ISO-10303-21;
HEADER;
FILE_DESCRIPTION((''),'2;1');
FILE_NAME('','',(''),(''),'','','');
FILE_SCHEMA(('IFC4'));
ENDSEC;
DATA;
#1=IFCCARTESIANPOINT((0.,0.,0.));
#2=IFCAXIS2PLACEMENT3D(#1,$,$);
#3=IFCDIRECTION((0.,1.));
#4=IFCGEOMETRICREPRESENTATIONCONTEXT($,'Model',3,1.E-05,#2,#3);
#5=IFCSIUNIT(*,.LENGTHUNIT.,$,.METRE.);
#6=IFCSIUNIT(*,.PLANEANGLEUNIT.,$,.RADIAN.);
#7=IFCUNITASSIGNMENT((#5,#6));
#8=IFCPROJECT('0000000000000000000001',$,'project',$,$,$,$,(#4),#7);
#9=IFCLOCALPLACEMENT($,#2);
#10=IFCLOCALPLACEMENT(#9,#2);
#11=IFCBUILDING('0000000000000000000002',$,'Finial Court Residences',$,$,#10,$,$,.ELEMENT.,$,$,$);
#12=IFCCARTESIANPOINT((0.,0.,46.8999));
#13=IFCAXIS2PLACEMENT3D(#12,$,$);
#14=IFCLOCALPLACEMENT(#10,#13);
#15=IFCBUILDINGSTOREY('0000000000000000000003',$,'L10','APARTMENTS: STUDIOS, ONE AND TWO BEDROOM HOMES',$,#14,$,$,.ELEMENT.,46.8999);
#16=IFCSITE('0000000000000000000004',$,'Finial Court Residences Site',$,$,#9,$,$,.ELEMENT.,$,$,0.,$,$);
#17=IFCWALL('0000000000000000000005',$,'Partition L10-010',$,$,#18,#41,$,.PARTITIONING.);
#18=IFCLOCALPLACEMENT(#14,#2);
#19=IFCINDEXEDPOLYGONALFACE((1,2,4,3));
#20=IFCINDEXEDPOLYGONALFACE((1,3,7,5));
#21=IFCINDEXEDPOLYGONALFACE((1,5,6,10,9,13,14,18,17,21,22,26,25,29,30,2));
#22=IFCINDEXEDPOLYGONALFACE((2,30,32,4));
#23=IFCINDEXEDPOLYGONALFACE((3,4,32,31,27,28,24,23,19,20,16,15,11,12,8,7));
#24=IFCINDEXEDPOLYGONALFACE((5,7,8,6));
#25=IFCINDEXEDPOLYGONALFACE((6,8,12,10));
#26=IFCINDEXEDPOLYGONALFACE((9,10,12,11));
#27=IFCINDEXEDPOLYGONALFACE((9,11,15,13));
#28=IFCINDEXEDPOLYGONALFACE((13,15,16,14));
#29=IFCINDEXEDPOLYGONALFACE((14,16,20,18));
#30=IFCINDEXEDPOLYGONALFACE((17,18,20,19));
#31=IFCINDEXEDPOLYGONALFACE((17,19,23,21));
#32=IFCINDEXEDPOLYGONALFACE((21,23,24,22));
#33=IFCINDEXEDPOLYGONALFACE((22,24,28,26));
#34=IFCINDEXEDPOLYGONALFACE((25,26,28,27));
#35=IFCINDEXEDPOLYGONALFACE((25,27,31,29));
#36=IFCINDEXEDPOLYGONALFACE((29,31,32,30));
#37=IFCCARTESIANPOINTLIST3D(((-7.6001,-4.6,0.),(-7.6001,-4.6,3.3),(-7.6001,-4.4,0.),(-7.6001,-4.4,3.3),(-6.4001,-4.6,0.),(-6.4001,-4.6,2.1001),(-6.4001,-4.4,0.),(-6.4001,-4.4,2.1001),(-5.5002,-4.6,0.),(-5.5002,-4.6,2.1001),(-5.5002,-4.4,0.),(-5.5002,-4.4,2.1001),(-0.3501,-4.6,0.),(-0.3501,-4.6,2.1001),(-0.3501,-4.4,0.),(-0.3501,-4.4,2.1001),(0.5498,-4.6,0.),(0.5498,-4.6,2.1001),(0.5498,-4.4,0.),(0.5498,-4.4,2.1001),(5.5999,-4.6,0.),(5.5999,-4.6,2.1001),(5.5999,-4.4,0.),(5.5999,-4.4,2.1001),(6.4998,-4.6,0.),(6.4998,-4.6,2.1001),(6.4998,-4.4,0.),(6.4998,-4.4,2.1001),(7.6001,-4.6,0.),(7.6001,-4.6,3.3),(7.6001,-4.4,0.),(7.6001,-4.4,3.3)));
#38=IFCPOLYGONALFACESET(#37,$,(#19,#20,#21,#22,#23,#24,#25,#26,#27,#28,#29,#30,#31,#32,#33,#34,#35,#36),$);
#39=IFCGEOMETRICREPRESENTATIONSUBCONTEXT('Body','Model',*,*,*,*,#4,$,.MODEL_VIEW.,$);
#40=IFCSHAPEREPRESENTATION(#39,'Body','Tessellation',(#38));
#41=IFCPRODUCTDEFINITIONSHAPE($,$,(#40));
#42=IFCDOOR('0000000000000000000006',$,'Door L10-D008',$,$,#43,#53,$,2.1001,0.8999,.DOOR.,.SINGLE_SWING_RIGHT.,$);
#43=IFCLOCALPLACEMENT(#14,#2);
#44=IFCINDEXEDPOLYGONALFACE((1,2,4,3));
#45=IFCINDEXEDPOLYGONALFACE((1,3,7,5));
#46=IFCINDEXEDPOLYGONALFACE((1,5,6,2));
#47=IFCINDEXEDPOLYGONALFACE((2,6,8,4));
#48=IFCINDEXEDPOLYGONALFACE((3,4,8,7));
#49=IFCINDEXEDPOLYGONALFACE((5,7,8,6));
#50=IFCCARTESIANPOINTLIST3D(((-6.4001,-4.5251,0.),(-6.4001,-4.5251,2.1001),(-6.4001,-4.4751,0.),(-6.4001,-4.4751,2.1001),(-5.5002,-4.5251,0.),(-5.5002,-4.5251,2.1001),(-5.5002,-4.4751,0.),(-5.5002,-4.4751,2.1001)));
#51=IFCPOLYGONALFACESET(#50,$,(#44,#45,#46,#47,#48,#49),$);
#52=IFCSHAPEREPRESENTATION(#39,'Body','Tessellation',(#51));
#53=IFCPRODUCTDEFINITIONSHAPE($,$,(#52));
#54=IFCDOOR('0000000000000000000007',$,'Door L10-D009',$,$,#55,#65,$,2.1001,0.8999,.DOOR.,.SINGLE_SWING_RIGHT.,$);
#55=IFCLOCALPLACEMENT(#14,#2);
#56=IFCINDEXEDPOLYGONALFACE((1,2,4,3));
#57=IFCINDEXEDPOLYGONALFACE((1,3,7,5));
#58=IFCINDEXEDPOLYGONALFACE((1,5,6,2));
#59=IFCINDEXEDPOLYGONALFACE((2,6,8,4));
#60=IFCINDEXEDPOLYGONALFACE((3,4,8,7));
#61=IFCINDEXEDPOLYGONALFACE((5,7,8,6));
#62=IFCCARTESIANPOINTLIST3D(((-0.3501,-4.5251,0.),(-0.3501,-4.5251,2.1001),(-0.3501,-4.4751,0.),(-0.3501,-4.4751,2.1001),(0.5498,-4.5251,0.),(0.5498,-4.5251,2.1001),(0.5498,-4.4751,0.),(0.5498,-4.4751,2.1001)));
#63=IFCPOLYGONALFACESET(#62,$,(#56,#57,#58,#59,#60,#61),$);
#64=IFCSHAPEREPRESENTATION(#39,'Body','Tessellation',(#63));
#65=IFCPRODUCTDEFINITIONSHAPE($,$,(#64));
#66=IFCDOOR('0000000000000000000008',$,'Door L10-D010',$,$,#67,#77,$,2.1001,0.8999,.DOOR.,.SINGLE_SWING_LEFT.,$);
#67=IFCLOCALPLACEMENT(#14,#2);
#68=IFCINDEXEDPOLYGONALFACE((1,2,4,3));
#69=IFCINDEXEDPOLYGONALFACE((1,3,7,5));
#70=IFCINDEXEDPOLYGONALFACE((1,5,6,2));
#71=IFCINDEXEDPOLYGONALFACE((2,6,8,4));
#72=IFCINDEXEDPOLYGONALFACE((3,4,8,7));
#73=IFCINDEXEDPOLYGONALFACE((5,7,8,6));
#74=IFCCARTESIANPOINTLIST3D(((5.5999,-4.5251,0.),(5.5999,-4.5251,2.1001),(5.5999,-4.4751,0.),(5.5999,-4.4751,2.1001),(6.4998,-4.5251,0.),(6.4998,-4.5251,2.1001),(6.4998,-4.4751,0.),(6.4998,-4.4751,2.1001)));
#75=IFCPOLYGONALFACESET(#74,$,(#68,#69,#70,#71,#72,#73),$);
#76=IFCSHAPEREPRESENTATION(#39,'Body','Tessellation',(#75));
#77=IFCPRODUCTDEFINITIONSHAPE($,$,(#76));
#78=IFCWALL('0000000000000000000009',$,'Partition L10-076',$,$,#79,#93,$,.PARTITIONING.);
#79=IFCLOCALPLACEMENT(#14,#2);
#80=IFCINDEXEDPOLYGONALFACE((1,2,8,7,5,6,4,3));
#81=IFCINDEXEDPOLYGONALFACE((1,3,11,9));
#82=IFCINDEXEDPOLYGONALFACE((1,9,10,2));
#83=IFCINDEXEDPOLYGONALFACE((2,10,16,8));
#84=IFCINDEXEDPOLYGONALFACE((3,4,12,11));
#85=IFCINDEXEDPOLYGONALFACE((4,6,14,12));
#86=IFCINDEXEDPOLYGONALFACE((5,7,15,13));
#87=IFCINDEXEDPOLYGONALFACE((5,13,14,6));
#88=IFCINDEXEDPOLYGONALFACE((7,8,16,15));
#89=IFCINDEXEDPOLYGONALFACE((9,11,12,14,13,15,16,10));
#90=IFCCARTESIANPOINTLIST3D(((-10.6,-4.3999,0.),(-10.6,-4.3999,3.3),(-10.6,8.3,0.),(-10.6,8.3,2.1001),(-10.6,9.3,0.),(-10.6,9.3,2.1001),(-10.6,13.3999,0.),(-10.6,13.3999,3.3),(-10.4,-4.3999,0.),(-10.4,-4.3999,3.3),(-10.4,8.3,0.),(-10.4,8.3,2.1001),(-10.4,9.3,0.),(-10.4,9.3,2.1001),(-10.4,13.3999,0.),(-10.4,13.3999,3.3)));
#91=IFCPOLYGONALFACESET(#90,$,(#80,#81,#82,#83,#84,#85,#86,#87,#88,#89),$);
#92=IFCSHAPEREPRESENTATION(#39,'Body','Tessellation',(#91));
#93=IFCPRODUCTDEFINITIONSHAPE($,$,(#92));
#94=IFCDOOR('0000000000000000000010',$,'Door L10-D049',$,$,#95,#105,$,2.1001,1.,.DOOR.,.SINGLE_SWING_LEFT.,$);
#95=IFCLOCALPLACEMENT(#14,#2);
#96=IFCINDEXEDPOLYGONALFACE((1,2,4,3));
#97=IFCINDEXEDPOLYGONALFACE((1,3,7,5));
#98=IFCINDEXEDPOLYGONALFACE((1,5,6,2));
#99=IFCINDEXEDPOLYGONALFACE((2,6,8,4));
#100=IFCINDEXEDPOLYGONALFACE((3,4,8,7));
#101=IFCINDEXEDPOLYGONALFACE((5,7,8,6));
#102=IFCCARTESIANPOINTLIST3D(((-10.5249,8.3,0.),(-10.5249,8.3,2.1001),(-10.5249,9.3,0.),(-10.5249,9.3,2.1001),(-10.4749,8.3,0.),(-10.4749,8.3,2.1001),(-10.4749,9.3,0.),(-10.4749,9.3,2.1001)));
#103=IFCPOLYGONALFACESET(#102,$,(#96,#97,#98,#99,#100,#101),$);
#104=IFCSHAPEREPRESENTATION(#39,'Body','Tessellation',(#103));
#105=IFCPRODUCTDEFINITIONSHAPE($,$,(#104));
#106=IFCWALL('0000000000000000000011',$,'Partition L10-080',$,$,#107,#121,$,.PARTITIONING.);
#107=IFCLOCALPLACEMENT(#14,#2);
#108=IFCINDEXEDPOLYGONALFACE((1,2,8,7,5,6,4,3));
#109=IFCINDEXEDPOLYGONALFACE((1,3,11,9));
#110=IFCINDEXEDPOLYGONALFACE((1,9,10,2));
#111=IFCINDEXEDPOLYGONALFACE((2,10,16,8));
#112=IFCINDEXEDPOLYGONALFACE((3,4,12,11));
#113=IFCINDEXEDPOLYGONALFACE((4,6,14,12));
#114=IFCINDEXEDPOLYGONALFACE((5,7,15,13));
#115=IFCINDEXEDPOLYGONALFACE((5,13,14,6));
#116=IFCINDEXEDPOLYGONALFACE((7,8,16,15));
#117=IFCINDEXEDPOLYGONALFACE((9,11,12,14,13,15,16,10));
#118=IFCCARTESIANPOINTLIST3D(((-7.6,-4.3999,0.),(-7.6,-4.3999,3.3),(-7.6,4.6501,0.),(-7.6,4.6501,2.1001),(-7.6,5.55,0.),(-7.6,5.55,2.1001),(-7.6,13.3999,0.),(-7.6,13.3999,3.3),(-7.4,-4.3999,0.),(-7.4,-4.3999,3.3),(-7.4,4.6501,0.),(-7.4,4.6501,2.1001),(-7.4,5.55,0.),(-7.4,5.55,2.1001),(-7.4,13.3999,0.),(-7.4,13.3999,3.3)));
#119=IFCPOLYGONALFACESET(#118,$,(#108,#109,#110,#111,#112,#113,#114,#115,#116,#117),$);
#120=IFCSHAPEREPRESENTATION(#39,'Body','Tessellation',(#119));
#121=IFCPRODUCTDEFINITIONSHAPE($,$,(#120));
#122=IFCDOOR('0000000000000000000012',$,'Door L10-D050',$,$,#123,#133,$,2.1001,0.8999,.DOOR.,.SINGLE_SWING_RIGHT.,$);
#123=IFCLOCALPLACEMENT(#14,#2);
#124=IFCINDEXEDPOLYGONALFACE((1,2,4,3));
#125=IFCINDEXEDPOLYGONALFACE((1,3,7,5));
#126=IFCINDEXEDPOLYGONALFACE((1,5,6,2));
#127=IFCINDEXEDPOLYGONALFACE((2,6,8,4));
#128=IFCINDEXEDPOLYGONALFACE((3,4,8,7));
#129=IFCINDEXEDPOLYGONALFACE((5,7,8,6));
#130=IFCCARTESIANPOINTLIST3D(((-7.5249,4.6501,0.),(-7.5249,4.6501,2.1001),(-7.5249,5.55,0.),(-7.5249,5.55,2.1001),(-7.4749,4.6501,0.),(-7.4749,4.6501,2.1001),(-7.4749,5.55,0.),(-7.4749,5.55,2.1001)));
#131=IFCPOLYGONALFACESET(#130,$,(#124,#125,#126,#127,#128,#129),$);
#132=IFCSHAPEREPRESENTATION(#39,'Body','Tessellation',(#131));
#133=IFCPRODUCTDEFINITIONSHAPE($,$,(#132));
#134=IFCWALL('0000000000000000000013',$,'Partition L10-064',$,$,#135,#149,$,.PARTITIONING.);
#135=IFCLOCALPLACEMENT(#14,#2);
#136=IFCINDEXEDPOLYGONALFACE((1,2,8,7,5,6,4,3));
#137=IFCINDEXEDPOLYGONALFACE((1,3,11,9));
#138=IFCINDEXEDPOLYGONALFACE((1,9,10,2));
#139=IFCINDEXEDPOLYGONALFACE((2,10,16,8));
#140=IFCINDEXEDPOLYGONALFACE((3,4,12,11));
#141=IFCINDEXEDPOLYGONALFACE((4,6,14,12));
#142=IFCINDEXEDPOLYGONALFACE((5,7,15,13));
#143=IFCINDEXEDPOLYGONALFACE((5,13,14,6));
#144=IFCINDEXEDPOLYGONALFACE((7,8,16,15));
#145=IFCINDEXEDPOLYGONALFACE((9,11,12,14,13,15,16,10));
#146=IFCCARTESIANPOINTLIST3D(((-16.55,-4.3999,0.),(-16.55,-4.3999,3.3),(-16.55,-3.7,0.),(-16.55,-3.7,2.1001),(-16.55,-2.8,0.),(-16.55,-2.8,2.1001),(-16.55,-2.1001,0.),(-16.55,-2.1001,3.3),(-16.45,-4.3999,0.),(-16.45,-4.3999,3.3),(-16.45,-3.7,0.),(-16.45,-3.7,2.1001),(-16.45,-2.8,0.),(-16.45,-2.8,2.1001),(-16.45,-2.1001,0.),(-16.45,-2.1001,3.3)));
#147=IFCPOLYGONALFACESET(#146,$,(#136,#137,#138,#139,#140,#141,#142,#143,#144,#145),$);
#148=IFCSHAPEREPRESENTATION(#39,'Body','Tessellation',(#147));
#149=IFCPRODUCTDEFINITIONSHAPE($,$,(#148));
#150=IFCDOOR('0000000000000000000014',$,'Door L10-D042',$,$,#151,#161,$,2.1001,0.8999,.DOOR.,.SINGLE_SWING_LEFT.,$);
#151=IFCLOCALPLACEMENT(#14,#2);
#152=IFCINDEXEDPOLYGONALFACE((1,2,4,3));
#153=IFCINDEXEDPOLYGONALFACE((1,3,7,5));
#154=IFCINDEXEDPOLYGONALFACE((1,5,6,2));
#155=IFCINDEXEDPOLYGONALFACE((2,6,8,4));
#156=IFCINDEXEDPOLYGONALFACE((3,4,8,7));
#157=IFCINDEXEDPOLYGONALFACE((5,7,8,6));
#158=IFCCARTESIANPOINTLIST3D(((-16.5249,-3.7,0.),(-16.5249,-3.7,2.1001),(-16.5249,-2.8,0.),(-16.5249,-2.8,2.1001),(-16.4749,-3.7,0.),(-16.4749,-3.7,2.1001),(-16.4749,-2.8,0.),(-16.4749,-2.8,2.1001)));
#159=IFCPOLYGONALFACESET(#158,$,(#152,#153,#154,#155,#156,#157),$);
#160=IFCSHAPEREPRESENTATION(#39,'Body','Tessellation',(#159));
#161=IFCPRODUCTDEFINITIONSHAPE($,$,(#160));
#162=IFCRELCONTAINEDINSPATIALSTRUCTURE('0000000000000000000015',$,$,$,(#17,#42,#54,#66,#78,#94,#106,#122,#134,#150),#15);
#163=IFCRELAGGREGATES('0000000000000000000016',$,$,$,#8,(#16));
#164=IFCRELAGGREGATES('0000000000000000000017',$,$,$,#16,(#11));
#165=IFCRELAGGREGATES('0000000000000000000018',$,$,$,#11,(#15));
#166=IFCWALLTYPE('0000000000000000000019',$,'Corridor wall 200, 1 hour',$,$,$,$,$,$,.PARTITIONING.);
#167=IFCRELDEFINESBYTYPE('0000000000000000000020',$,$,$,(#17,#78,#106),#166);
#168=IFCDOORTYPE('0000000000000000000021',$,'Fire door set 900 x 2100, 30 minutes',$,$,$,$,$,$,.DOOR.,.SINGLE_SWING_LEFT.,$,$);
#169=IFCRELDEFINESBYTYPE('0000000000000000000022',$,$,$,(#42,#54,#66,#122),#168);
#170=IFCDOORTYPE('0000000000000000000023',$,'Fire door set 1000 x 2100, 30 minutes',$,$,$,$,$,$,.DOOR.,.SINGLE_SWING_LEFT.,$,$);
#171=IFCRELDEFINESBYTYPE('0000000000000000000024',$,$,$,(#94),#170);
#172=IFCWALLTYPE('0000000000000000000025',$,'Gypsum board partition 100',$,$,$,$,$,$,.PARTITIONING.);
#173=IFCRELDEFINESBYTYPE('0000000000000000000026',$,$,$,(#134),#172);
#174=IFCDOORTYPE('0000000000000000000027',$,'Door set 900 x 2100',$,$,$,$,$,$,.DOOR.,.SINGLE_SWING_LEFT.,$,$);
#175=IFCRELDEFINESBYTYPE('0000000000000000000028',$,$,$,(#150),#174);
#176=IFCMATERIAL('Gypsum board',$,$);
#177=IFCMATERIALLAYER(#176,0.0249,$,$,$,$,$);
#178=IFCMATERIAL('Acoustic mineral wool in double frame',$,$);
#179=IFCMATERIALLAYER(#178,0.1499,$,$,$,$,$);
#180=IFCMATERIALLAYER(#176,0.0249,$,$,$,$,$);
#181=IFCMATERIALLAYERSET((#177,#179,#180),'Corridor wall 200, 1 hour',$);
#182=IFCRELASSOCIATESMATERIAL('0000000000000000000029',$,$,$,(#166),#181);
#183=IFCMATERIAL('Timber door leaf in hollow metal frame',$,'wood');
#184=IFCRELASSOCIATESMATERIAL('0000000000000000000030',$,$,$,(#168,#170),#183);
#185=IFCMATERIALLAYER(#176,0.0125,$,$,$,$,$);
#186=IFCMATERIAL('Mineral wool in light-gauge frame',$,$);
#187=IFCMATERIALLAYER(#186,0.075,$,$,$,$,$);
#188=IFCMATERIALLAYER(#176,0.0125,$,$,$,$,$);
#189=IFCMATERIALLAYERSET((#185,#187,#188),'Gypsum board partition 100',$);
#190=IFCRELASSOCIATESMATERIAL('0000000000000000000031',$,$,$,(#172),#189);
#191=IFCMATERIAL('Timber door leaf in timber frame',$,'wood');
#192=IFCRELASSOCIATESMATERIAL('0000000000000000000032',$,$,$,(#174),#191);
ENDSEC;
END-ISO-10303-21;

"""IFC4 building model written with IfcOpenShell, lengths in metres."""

from ifc_helpers import new_model, si_unit, direction, frame, frame_2d, origin, place, context, subcontext, project, spatial, rectangle, extrude, material, layer, layer_set, type_object, element, fill, save


model = new_model("IFC4")

# Units and contexts
model_context = context("Model", 3, precision=1e-05, world=origin(), true_north=direction((0.0, 1.0)))
body_context = subcontext(model_context, "Body", "Model", "MODEL_VIEW")
ifc_project = project(units=[si_unit("LENGTHUNIT", "METRE"), si_unit("PLANEANGLEUNIT", "RADIAN")], contexts=[model_context])

# Site, building, storey
site_placement = place(None, origin())
site = spatial("IfcSite", under=ifc_project, at=site_placement, Name="Finial Court Residences Site", CompositionType="ELEMENT", RefElevation=0.0)
building_placement = place(site_placement, origin())
building = spatial("IfcBuilding", under=site, at=building_placement, Name="Finial Court Residences", CompositionType="ELEMENT")
storey_placement = place(building_placement, frame((0.0, 0.0, 46.8999)))
storey = spatial("IfcBuildingStorey", under=building, at=storey_placement, Name="L10", Description="APARTMENTS: STUDIOS, ONE AND TWO BEDROOM HOMES", CompositionType="ELEMENT", Elevation=46.8999)

# Wall, openings, doors
ifc_material_1 = material(Name="Gypsum board")
ifc_layer_1 = layer(ifc_material_1, 0.0249)
ifc_material_2 = material(Name="Acoustic mineral wool in double frame")
ifc_layer_2 = layer(ifc_material_2, 0.1499)
ifc_layer_3 = layer(ifc_material_1, 0.0249)
ifc_layer_set_1 = layer_set([ifc_layer_1, ifc_layer_2, ifc_layer_3], Name="Corridor wall 200, 1 hour")
wall_type_1 = type_object("IfcWallType", Name="Corridor wall 200, 1 hour", PredefinedType="PARTITIONING", material=ifc_layer_set_1)
wall_1_placement = place(storey_placement, frame((-7.6001, -4.5, 0.0), z_axis=(0.0, 0.0, 1.0), x_axis=(1.0, 0.0, 0.0)))
wall_1 = element("IfcWall", 1, at=wall_1_placement, inside=storey, type_object=wall_type_1, Name="Partition L10-010", PredefinedType="PARTITIONING", context=body_context, shape_type="SweptSolid", body=[
    extrude(rectangle(XDim=15.2002, YDim=0.2, at=frame_2d((7.6001, 0.0))), origin(), (0.0, 0.0, 1.0), 3.3),
])
opening_1_placement = place(wall_1_placement, frame((1.2, 0.0, 0.0)))
opening_1 = element("IfcOpeningElement", 2, at=opening_1_placement, cuts=wall_1, PredefinedType="OPENING", context=body_context, shape_type="SweptSolid", body=[
    extrude(rectangle(XDim=0.8999, YDim=2.1001, at=frame_2d((0.45, 1.05))), frame((0.0, 0.1099, 0.0), z_axis=(0.0, -1.0, 0.0), x_axis=(1.0, 0.0, 0.0)), (0.0, 0.0, 1.0), 0.22),
])
opening_2_placement = place(wall_1_placement, frame((7.25, 0.0, 0.0)))
opening_2 = element("IfcOpeningElement", 3, at=opening_2_placement, cuts=wall_1, PredefinedType="OPENING", context=body_context, shape_type="SweptSolid", body=[
    extrude(rectangle(XDim=0.8999, YDim=2.1001, at=frame_2d((0.45, 1.05))), frame((0.0, 0.1099, 0.0), z_axis=(0.0, -1.0, 0.0), x_axis=(1.0, 0.0, 0.0)), (0.0, 0.0, 1.0), 0.22),
])
opening_3_placement = place(wall_1_placement, frame((13.2, 0.0, 0.0)))
opening_3 = element("IfcOpeningElement", 4, at=opening_3_placement, cuts=wall_1, PredefinedType="OPENING", context=body_context, shape_type="SweptSolid", body=[
    extrude(rectangle(XDim=0.8999, YDim=2.1001, at=frame_2d((0.45, 1.05))), frame((0.0, 0.1099, 0.0), z_axis=(0.0, -1.0, 0.0), x_axis=(1.0, 0.0, 0.0)), (0.0, 0.0, 1.0), 0.22),
])
ifc_material_3 = material(Name="Timber door leaf in hollow metal frame", Category="wood")
door_type_1 = type_object("IfcDoorType", Name="Fire door set 900 x 2100, 30 minutes", OperationType="SINGLE_SWING_LEFT", PredefinedType="DOOR", material=ifc_material_3)
door_1_placement = place(opening_1_placement, origin())
door_1 = element("IfcDoor", 5, at=door_1_placement, inside=storey, type_object=door_type_1, Name="Door L10-D008", OperationType="SINGLE_SWING_RIGHT", OverallHeight=2.1001, OverallWidth=0.8999, PredefinedType="DOOR", context=body_context, shape_type="SweptSolid", body=[
    extrude(rectangle(XDim=0.8999, YDim=2.1001, at=frame_2d((0.45, 1.05))), frame((0.0, 0.0249, 0.0), z_axis=(0.0, -1.0, 0.0), x_axis=(1.0, 0.0, 0.0)), (0.0, 0.0, 1.0), 0.05),
])
fill(opening_1, door_1)
door_2_placement = place(opening_2_placement, origin())
door_2 = element("IfcDoor", 6, at=door_2_placement, inside=storey, type_object=door_type_1, Name="Door L10-D009", OperationType="SINGLE_SWING_RIGHT", OverallHeight=2.1001, OverallWidth=0.8999, PredefinedType="DOOR", context=body_context, shape_type="SweptSolid", body=[
    extrude(rectangle(XDim=0.8999, YDim=2.1001, at=frame_2d((0.45, 1.05))), frame((0.0, 0.0249, 0.0), z_axis=(0.0, -1.0, 0.0), x_axis=(1.0, 0.0, 0.0)), (0.0, 0.0, 1.0), 0.05),
])
fill(opening_2, door_2)
door_3_placement = place(opening_3_placement, origin())
door_3 = element("IfcDoor", 7, at=door_3_placement, inside=storey, type_object=door_type_1, Name="Door L10-D010", OperationType="SINGLE_SWING_LEFT", OverallHeight=2.1001, OverallWidth=0.8999, PredefinedType="DOOR", context=body_context, shape_type="SweptSolid", body=[
    extrude(rectangle(XDim=0.8999, YDim=2.1001, at=frame_2d((0.45, 1.05))), frame((0.0, 0.0249, 0.0), z_axis=(0.0, -1.0, 0.0), x_axis=(1.0, 0.0, 0.0)), (0.0, 0.0, 1.0), 0.05),
])
fill(opening_3, door_3)

# Walls, openings, doors
wall_2_placement = place(storey_placement, frame((-10.5, -4.3999, 0.0), z_axis=(0.0, 0.0, 1.0), x_axis=(0.0, 1.0, 0.0)))
wall_2 = element("IfcWall", 8, at=wall_2_placement, inside=storey, type_object=wall_type_1, Name="Partition L10-076", PredefinedType="PARTITIONING", context=body_context, shape_type="SweptSolid", body=[
    extrude(rectangle(XDim=17.7998, YDim=0.2, at=frame_2d((8.8999, 0.0))), origin(), (0.0, 0.0, 1.0), 3.3),
])
opening_4_placement = place(wall_2_placement, frame((12.7, 0.0, 0.0)))
opening_4 = element("IfcOpeningElement", 9, at=opening_4_placement, cuts=wall_2, PredefinedType="OPENING", context=body_context, shape_type="SweptSolid", body=[
    extrude(rectangle(XDim=1.0, YDim=2.1001, at=frame_2d((0.5, 1.05))), frame((0.0, 0.1099, 0.0), z_axis=(0.0, -1.0, 0.0), x_axis=(1.0, 0.0, 0.0)), (0.0, 0.0, 1.0), 0.22),
])
door_type_2 = type_object("IfcDoorType", Name="Fire door set 1000 x 2100, 30 minutes", OperationType="SINGLE_SWING_LEFT", PredefinedType="DOOR", material=ifc_material_3)
door_4_placement = place(opening_4_placement, origin())
door_4 = element("IfcDoor", 10, at=door_4_placement, inside=storey, type_object=door_type_2, Name="Door L10-D049", OperationType="SINGLE_SWING_LEFT", OverallHeight=2.1001, OverallWidth=1.0, PredefinedType="DOOR", context=body_context, shape_type="SweptSolid", body=[
    extrude(rectangle(XDim=1.0, YDim=2.1001, at=frame_2d((0.5, 1.05))), frame((0.0, 0.0249, 0.0), z_axis=(0.0, -1.0, 0.0), x_axis=(1.0, 0.0, 0.0)), (0.0, 0.0, 1.0), 0.05),
])
fill(opening_4, door_4)
wall_3_placement = place(storey_placement, frame((-7.5, -4.3999, 0.0), z_axis=(0.0, 0.0, 1.0), x_axis=(0.0, 1.0, 0.0)))
wall_3 = element("IfcWall", 11, at=wall_3_placement, inside=storey, type_object=wall_type_1, Name="Partition L10-080", PredefinedType="PARTITIONING", context=body_context, shape_type="SweptSolid", body=[
    extrude(rectangle(XDim=17.7998, YDim=0.2, at=frame_2d((8.8999, 0.0))), origin(), (0.0, 0.0, 1.0), 3.3),
])
opening_5_placement = place(wall_3_placement, frame((9.05, 0.0, 0.0)))
opening_5 = element("IfcOpeningElement", 12, at=opening_5_placement, cuts=wall_3, PredefinedType="OPENING", context=body_context, shape_type="SweptSolid", body=[
    extrude(rectangle(XDim=0.8999, YDim=2.1001, at=frame_2d((0.45, 1.05))), frame((0.0, 0.1099, 0.0), z_axis=(0.0, -1.0, 0.0), x_axis=(1.0, 0.0, 0.0)), (0.0, 0.0, 1.0), 0.22),
])
door_5_placement = place(opening_5_placement, origin())
door_5 = element("IfcDoor", 13, at=door_5_placement, inside=storey, type_object=door_type_1, Name="Door L10-D050", OperationType="SINGLE_SWING_RIGHT", OverallHeight=2.1001, OverallWidth=0.8999, PredefinedType="DOOR", context=body_context, shape_type="SweptSolid", body=[
    extrude(rectangle(XDim=0.8999, YDim=2.1001, at=frame_2d((0.45, 1.05))), frame((0.0, 0.0249, 0.0), z_axis=(0.0, -1.0, 0.0), x_axis=(1.0, 0.0, 0.0)), (0.0, 0.0, 1.0), 0.05),
])
fill(opening_5, door_5)
ifc_layer_4 = layer(ifc_material_1, 0.0125)
ifc_material_4 = material(Name="Mineral wool in light-gauge frame")
ifc_layer_5 = layer(ifc_material_4, 0.075)
ifc_layer_6 = layer(ifc_material_1, 0.0125)
ifc_layer_set_2 = layer_set([ifc_layer_4, ifc_layer_5, ifc_layer_6], Name="Gypsum board partition 100")
wall_type_2 = type_object("IfcWallType", Name="Gypsum board partition 100", PredefinedType="PARTITIONING", material=ifc_layer_set_2)
wall_4_placement = place(storey_placement, frame((-16.5, -4.3999, 0.0), z_axis=(0.0, 0.0, 1.0), x_axis=(0.0, 1.0, 0.0)))
wall_4 = element("IfcWall", 14, at=wall_4_placement, inside=storey, type_object=wall_type_2, Name="Partition L10-064", PredefinedType="PARTITIONING", context=body_context, shape_type="SweptSolid", body=[
    extrude(rectangle(XDim=2.2998, YDim=0.1001, at=frame_2d((1.1499, 0.0))), origin(), (0.0, 0.0, 1.0), 3.3),
])
opening_6_placement = place(wall_4_placement, frame((0.7, 0.0, 0.0)))
opening_6 = element("IfcOpeningElement", 15, at=opening_6_placement, cuts=wall_4, PredefinedType="OPENING", context=body_context, shape_type="SweptSolid", body=[
    extrude(rectangle(XDim=0.8999, YDim=2.1001, at=frame_2d((0.45, 1.05))), frame((0.0, 0.0601, 0.0), z_axis=(0.0, -1.0, 0.0), x_axis=(1.0, 0.0, 0.0)), (0.0, 0.0, 1.0), 0.1201),
])
ifc_material_5 = material(Name="Timber door leaf in timber frame", Category="wood")
door_type_3 = type_object("IfcDoorType", Name="Door set 900 x 2100", OperationType="SINGLE_SWING_LEFT", PredefinedType="DOOR", material=ifc_material_5)
door_6_placement = place(opening_6_placement, origin())
door_6 = element("IfcDoor", 16, at=door_6_placement, inside=storey, type_object=door_type_3, Name="Door L10-D042", OperationType="SINGLE_SWING_LEFT", OverallHeight=2.1001, OverallWidth=0.8999, PredefinedType="DOOR", context=body_context, shape_type="SweptSolid", body=[
    extrude(rectangle(XDim=0.8999, YDim=2.1001, at=frame_2d((0.45, 1.05))), frame((0.0, 0.0249, 0.0), z_axis=(0.0, -1.0, 0.0), x_axis=(1.0, 0.0, 0.0)), (0.0, 0.0, 1.0), 0.05),
])
fill(opening_6, door_6)

save(model, "model.ifc")
